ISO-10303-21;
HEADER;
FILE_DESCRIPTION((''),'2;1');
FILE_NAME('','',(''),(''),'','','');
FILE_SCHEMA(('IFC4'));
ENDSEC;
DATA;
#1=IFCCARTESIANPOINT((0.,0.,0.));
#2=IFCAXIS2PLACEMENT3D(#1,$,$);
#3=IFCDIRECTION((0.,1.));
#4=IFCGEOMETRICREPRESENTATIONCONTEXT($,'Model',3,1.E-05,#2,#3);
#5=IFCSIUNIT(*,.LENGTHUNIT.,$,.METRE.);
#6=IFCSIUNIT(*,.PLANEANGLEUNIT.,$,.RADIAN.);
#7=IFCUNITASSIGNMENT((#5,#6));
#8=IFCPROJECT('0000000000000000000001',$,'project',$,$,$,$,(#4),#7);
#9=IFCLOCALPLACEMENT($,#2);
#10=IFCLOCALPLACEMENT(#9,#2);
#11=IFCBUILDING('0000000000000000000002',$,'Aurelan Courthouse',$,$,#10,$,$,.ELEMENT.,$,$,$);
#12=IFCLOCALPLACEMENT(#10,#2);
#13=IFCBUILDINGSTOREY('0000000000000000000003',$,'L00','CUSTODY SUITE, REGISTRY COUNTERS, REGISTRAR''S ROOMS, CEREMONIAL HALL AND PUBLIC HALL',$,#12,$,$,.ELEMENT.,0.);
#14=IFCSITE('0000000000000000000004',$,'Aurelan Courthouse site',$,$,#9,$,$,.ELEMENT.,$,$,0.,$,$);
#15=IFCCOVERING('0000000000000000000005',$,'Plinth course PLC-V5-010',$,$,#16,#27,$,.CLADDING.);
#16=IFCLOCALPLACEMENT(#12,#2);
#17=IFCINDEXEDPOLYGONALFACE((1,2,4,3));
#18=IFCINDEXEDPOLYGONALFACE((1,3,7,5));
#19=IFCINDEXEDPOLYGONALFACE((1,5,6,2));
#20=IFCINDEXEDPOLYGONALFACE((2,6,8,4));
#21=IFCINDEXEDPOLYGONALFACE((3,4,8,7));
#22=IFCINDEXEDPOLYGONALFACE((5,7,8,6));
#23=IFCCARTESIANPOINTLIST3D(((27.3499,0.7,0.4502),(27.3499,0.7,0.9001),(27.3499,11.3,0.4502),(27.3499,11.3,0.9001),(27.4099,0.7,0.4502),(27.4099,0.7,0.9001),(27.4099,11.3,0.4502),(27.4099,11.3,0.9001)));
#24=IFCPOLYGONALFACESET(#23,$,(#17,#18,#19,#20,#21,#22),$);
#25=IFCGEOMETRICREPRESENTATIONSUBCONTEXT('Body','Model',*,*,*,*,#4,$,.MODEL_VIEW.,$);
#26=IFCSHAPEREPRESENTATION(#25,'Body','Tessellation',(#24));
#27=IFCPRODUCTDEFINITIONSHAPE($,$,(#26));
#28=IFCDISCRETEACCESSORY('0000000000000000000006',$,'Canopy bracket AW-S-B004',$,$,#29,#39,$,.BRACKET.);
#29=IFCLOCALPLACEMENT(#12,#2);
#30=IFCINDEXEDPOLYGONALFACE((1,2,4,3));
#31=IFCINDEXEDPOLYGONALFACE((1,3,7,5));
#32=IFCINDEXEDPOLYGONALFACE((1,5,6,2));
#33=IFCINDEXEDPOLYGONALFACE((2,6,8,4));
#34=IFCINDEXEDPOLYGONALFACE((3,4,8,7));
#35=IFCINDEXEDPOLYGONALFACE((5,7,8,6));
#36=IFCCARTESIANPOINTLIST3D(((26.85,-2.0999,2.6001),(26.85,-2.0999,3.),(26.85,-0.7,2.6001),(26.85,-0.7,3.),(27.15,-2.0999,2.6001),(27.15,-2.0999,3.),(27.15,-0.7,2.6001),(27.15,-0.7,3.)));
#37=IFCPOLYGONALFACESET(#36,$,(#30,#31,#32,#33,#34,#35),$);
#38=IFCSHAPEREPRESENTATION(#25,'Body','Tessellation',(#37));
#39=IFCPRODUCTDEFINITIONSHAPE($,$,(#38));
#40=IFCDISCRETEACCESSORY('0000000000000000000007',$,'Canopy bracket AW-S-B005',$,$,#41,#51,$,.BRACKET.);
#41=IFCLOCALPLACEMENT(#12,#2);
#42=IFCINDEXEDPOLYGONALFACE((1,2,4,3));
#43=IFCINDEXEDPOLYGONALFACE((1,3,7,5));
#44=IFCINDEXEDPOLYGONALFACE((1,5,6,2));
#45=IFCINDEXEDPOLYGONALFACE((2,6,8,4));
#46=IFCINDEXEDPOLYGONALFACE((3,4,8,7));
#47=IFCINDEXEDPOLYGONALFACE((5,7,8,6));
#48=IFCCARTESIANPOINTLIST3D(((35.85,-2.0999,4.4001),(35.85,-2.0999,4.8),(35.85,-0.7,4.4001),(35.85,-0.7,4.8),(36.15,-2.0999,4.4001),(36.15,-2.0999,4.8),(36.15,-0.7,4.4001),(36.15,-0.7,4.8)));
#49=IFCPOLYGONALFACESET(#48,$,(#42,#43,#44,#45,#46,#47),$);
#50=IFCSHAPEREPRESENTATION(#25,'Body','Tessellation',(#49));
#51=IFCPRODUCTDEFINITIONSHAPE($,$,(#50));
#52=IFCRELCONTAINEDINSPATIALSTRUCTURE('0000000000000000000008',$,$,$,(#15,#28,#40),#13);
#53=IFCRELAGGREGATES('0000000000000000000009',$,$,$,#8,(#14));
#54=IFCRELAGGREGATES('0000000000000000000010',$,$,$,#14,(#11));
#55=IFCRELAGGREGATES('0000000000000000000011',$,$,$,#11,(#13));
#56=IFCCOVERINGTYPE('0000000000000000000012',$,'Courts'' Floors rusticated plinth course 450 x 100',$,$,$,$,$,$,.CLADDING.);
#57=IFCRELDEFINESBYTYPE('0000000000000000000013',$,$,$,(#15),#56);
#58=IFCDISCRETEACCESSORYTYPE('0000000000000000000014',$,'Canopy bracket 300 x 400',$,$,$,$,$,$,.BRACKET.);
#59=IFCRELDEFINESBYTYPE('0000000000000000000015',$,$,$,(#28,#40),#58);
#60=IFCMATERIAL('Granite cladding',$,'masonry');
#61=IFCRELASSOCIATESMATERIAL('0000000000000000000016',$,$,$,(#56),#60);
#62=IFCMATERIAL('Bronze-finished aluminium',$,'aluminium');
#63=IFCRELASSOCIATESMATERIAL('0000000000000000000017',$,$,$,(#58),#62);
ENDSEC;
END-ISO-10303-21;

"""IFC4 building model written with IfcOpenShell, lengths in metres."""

from ifc_helpers import new_model, si_unit, direction, frame, origin, origin_2d, place, context, subcontext, project, spatial, rectangle, extrude, material, type_object, element, save


model = new_model("IFC4")

# Units and contexts
model_context = context("Model", 3, precision=1e-05, world=origin(), true_north=direction((0.0, 1.0)))
body_context = subcontext(model_context, "Body", "Model", "MODEL_VIEW")
ifc_project = project(units=[si_unit("LENGTHUNIT", "METRE"), si_unit("PLANEANGLEUNIT", "RADIAN")], contexts=[model_context])

# Site, building, storey
site_placement = place(None, origin())
site = spatial("IfcSite", under=ifc_project, at=site_placement, Name="Aurelan Courthouse site", CompositionType="ELEMENT", RefElevation=0.0)
building_placement = place(site_placement, origin())
building = spatial("IfcBuilding", under=site, at=building_placement, Name="Aurelan Courthouse", CompositionType="ELEMENT")
storey_placement = place(building_placement, origin())
storey = spatial("IfcBuildingStorey", under=building, at=storey_placement, Name="L00", Description="CUSTODY SUITE, REGISTRY COUNTERS, REGISTRAR'S ROOMS, CEREMONIAL HALL AND PUBLIC HALL", CompositionType="ELEMENT", Elevation=0.0)

# Shared definitions
ifc_material_1 = material(Name="Granite cladding", Category="masonry")

# Covering
covering_type_1 = type_object("IfcCoveringType", Name="Courts' Floors rusticated plinth course 450 x 100", PredefinedType="CLADDING", material=ifc_material_1)
covering_1_placement = place(storey_placement, frame((27.3799, 6.0, 0.4502), z_axis=(0.0, 0.0, 1.0), x_axis=(1.0, 0.0, 0.0)))
element("IfcCovering", 1, at=covering_1_placement, inside=storey, type_object=covering_type_1, Name="Plinth course PLC-V5-010", PredefinedType="CLADDING", context=body_context, shape_type="SweptSolid", body=[
    extrude(rectangle(XDim=0.0601, YDim=10.6001, at=origin_2d()), origin(), (0.0, 0.0, 1.0), 0.45),
])

# Discrete accessories
ifc_material_2 = material(Name="Bronze-finished aluminium", Category="aluminium")
discrete_accessory_type = type_object("IfcDiscreteAccessoryType", Name="Canopy bracket 300 x 400", PredefinedType="BRACKET", material=ifc_material_2)
for number, where, z_axis, x_axis, name in (
    (2, (27.0, -1.3999, 2.6001), (0.0, 0.0, 1.0), (1.0, 0.0, 0.0), "Canopy bracket AW-S-B004"),
    (3, (36.0, -1.3999, 4.4001), (0.0, 0.0, 1.0), (1.0, 0.0, 0.0), "Canopy bracket AW-S-B005"),
):
    element("IfcDiscreteAccessory", number, at=place(storey_placement, frame(where, z_axis=z_axis, x_axis=x_axis)), inside=storey, type_object=discrete_accessory_type, Name=name, PredefinedType="BRACKET", context=body_context, shape_type="SweptSolid", body=[
        extrude(rectangle(XDim=0.3, YDim=1.3999, at=origin_2d()), origin(), (0.0, 0.0, 1.0), 0.3999),
    ])

save(model, "model.ifc")
